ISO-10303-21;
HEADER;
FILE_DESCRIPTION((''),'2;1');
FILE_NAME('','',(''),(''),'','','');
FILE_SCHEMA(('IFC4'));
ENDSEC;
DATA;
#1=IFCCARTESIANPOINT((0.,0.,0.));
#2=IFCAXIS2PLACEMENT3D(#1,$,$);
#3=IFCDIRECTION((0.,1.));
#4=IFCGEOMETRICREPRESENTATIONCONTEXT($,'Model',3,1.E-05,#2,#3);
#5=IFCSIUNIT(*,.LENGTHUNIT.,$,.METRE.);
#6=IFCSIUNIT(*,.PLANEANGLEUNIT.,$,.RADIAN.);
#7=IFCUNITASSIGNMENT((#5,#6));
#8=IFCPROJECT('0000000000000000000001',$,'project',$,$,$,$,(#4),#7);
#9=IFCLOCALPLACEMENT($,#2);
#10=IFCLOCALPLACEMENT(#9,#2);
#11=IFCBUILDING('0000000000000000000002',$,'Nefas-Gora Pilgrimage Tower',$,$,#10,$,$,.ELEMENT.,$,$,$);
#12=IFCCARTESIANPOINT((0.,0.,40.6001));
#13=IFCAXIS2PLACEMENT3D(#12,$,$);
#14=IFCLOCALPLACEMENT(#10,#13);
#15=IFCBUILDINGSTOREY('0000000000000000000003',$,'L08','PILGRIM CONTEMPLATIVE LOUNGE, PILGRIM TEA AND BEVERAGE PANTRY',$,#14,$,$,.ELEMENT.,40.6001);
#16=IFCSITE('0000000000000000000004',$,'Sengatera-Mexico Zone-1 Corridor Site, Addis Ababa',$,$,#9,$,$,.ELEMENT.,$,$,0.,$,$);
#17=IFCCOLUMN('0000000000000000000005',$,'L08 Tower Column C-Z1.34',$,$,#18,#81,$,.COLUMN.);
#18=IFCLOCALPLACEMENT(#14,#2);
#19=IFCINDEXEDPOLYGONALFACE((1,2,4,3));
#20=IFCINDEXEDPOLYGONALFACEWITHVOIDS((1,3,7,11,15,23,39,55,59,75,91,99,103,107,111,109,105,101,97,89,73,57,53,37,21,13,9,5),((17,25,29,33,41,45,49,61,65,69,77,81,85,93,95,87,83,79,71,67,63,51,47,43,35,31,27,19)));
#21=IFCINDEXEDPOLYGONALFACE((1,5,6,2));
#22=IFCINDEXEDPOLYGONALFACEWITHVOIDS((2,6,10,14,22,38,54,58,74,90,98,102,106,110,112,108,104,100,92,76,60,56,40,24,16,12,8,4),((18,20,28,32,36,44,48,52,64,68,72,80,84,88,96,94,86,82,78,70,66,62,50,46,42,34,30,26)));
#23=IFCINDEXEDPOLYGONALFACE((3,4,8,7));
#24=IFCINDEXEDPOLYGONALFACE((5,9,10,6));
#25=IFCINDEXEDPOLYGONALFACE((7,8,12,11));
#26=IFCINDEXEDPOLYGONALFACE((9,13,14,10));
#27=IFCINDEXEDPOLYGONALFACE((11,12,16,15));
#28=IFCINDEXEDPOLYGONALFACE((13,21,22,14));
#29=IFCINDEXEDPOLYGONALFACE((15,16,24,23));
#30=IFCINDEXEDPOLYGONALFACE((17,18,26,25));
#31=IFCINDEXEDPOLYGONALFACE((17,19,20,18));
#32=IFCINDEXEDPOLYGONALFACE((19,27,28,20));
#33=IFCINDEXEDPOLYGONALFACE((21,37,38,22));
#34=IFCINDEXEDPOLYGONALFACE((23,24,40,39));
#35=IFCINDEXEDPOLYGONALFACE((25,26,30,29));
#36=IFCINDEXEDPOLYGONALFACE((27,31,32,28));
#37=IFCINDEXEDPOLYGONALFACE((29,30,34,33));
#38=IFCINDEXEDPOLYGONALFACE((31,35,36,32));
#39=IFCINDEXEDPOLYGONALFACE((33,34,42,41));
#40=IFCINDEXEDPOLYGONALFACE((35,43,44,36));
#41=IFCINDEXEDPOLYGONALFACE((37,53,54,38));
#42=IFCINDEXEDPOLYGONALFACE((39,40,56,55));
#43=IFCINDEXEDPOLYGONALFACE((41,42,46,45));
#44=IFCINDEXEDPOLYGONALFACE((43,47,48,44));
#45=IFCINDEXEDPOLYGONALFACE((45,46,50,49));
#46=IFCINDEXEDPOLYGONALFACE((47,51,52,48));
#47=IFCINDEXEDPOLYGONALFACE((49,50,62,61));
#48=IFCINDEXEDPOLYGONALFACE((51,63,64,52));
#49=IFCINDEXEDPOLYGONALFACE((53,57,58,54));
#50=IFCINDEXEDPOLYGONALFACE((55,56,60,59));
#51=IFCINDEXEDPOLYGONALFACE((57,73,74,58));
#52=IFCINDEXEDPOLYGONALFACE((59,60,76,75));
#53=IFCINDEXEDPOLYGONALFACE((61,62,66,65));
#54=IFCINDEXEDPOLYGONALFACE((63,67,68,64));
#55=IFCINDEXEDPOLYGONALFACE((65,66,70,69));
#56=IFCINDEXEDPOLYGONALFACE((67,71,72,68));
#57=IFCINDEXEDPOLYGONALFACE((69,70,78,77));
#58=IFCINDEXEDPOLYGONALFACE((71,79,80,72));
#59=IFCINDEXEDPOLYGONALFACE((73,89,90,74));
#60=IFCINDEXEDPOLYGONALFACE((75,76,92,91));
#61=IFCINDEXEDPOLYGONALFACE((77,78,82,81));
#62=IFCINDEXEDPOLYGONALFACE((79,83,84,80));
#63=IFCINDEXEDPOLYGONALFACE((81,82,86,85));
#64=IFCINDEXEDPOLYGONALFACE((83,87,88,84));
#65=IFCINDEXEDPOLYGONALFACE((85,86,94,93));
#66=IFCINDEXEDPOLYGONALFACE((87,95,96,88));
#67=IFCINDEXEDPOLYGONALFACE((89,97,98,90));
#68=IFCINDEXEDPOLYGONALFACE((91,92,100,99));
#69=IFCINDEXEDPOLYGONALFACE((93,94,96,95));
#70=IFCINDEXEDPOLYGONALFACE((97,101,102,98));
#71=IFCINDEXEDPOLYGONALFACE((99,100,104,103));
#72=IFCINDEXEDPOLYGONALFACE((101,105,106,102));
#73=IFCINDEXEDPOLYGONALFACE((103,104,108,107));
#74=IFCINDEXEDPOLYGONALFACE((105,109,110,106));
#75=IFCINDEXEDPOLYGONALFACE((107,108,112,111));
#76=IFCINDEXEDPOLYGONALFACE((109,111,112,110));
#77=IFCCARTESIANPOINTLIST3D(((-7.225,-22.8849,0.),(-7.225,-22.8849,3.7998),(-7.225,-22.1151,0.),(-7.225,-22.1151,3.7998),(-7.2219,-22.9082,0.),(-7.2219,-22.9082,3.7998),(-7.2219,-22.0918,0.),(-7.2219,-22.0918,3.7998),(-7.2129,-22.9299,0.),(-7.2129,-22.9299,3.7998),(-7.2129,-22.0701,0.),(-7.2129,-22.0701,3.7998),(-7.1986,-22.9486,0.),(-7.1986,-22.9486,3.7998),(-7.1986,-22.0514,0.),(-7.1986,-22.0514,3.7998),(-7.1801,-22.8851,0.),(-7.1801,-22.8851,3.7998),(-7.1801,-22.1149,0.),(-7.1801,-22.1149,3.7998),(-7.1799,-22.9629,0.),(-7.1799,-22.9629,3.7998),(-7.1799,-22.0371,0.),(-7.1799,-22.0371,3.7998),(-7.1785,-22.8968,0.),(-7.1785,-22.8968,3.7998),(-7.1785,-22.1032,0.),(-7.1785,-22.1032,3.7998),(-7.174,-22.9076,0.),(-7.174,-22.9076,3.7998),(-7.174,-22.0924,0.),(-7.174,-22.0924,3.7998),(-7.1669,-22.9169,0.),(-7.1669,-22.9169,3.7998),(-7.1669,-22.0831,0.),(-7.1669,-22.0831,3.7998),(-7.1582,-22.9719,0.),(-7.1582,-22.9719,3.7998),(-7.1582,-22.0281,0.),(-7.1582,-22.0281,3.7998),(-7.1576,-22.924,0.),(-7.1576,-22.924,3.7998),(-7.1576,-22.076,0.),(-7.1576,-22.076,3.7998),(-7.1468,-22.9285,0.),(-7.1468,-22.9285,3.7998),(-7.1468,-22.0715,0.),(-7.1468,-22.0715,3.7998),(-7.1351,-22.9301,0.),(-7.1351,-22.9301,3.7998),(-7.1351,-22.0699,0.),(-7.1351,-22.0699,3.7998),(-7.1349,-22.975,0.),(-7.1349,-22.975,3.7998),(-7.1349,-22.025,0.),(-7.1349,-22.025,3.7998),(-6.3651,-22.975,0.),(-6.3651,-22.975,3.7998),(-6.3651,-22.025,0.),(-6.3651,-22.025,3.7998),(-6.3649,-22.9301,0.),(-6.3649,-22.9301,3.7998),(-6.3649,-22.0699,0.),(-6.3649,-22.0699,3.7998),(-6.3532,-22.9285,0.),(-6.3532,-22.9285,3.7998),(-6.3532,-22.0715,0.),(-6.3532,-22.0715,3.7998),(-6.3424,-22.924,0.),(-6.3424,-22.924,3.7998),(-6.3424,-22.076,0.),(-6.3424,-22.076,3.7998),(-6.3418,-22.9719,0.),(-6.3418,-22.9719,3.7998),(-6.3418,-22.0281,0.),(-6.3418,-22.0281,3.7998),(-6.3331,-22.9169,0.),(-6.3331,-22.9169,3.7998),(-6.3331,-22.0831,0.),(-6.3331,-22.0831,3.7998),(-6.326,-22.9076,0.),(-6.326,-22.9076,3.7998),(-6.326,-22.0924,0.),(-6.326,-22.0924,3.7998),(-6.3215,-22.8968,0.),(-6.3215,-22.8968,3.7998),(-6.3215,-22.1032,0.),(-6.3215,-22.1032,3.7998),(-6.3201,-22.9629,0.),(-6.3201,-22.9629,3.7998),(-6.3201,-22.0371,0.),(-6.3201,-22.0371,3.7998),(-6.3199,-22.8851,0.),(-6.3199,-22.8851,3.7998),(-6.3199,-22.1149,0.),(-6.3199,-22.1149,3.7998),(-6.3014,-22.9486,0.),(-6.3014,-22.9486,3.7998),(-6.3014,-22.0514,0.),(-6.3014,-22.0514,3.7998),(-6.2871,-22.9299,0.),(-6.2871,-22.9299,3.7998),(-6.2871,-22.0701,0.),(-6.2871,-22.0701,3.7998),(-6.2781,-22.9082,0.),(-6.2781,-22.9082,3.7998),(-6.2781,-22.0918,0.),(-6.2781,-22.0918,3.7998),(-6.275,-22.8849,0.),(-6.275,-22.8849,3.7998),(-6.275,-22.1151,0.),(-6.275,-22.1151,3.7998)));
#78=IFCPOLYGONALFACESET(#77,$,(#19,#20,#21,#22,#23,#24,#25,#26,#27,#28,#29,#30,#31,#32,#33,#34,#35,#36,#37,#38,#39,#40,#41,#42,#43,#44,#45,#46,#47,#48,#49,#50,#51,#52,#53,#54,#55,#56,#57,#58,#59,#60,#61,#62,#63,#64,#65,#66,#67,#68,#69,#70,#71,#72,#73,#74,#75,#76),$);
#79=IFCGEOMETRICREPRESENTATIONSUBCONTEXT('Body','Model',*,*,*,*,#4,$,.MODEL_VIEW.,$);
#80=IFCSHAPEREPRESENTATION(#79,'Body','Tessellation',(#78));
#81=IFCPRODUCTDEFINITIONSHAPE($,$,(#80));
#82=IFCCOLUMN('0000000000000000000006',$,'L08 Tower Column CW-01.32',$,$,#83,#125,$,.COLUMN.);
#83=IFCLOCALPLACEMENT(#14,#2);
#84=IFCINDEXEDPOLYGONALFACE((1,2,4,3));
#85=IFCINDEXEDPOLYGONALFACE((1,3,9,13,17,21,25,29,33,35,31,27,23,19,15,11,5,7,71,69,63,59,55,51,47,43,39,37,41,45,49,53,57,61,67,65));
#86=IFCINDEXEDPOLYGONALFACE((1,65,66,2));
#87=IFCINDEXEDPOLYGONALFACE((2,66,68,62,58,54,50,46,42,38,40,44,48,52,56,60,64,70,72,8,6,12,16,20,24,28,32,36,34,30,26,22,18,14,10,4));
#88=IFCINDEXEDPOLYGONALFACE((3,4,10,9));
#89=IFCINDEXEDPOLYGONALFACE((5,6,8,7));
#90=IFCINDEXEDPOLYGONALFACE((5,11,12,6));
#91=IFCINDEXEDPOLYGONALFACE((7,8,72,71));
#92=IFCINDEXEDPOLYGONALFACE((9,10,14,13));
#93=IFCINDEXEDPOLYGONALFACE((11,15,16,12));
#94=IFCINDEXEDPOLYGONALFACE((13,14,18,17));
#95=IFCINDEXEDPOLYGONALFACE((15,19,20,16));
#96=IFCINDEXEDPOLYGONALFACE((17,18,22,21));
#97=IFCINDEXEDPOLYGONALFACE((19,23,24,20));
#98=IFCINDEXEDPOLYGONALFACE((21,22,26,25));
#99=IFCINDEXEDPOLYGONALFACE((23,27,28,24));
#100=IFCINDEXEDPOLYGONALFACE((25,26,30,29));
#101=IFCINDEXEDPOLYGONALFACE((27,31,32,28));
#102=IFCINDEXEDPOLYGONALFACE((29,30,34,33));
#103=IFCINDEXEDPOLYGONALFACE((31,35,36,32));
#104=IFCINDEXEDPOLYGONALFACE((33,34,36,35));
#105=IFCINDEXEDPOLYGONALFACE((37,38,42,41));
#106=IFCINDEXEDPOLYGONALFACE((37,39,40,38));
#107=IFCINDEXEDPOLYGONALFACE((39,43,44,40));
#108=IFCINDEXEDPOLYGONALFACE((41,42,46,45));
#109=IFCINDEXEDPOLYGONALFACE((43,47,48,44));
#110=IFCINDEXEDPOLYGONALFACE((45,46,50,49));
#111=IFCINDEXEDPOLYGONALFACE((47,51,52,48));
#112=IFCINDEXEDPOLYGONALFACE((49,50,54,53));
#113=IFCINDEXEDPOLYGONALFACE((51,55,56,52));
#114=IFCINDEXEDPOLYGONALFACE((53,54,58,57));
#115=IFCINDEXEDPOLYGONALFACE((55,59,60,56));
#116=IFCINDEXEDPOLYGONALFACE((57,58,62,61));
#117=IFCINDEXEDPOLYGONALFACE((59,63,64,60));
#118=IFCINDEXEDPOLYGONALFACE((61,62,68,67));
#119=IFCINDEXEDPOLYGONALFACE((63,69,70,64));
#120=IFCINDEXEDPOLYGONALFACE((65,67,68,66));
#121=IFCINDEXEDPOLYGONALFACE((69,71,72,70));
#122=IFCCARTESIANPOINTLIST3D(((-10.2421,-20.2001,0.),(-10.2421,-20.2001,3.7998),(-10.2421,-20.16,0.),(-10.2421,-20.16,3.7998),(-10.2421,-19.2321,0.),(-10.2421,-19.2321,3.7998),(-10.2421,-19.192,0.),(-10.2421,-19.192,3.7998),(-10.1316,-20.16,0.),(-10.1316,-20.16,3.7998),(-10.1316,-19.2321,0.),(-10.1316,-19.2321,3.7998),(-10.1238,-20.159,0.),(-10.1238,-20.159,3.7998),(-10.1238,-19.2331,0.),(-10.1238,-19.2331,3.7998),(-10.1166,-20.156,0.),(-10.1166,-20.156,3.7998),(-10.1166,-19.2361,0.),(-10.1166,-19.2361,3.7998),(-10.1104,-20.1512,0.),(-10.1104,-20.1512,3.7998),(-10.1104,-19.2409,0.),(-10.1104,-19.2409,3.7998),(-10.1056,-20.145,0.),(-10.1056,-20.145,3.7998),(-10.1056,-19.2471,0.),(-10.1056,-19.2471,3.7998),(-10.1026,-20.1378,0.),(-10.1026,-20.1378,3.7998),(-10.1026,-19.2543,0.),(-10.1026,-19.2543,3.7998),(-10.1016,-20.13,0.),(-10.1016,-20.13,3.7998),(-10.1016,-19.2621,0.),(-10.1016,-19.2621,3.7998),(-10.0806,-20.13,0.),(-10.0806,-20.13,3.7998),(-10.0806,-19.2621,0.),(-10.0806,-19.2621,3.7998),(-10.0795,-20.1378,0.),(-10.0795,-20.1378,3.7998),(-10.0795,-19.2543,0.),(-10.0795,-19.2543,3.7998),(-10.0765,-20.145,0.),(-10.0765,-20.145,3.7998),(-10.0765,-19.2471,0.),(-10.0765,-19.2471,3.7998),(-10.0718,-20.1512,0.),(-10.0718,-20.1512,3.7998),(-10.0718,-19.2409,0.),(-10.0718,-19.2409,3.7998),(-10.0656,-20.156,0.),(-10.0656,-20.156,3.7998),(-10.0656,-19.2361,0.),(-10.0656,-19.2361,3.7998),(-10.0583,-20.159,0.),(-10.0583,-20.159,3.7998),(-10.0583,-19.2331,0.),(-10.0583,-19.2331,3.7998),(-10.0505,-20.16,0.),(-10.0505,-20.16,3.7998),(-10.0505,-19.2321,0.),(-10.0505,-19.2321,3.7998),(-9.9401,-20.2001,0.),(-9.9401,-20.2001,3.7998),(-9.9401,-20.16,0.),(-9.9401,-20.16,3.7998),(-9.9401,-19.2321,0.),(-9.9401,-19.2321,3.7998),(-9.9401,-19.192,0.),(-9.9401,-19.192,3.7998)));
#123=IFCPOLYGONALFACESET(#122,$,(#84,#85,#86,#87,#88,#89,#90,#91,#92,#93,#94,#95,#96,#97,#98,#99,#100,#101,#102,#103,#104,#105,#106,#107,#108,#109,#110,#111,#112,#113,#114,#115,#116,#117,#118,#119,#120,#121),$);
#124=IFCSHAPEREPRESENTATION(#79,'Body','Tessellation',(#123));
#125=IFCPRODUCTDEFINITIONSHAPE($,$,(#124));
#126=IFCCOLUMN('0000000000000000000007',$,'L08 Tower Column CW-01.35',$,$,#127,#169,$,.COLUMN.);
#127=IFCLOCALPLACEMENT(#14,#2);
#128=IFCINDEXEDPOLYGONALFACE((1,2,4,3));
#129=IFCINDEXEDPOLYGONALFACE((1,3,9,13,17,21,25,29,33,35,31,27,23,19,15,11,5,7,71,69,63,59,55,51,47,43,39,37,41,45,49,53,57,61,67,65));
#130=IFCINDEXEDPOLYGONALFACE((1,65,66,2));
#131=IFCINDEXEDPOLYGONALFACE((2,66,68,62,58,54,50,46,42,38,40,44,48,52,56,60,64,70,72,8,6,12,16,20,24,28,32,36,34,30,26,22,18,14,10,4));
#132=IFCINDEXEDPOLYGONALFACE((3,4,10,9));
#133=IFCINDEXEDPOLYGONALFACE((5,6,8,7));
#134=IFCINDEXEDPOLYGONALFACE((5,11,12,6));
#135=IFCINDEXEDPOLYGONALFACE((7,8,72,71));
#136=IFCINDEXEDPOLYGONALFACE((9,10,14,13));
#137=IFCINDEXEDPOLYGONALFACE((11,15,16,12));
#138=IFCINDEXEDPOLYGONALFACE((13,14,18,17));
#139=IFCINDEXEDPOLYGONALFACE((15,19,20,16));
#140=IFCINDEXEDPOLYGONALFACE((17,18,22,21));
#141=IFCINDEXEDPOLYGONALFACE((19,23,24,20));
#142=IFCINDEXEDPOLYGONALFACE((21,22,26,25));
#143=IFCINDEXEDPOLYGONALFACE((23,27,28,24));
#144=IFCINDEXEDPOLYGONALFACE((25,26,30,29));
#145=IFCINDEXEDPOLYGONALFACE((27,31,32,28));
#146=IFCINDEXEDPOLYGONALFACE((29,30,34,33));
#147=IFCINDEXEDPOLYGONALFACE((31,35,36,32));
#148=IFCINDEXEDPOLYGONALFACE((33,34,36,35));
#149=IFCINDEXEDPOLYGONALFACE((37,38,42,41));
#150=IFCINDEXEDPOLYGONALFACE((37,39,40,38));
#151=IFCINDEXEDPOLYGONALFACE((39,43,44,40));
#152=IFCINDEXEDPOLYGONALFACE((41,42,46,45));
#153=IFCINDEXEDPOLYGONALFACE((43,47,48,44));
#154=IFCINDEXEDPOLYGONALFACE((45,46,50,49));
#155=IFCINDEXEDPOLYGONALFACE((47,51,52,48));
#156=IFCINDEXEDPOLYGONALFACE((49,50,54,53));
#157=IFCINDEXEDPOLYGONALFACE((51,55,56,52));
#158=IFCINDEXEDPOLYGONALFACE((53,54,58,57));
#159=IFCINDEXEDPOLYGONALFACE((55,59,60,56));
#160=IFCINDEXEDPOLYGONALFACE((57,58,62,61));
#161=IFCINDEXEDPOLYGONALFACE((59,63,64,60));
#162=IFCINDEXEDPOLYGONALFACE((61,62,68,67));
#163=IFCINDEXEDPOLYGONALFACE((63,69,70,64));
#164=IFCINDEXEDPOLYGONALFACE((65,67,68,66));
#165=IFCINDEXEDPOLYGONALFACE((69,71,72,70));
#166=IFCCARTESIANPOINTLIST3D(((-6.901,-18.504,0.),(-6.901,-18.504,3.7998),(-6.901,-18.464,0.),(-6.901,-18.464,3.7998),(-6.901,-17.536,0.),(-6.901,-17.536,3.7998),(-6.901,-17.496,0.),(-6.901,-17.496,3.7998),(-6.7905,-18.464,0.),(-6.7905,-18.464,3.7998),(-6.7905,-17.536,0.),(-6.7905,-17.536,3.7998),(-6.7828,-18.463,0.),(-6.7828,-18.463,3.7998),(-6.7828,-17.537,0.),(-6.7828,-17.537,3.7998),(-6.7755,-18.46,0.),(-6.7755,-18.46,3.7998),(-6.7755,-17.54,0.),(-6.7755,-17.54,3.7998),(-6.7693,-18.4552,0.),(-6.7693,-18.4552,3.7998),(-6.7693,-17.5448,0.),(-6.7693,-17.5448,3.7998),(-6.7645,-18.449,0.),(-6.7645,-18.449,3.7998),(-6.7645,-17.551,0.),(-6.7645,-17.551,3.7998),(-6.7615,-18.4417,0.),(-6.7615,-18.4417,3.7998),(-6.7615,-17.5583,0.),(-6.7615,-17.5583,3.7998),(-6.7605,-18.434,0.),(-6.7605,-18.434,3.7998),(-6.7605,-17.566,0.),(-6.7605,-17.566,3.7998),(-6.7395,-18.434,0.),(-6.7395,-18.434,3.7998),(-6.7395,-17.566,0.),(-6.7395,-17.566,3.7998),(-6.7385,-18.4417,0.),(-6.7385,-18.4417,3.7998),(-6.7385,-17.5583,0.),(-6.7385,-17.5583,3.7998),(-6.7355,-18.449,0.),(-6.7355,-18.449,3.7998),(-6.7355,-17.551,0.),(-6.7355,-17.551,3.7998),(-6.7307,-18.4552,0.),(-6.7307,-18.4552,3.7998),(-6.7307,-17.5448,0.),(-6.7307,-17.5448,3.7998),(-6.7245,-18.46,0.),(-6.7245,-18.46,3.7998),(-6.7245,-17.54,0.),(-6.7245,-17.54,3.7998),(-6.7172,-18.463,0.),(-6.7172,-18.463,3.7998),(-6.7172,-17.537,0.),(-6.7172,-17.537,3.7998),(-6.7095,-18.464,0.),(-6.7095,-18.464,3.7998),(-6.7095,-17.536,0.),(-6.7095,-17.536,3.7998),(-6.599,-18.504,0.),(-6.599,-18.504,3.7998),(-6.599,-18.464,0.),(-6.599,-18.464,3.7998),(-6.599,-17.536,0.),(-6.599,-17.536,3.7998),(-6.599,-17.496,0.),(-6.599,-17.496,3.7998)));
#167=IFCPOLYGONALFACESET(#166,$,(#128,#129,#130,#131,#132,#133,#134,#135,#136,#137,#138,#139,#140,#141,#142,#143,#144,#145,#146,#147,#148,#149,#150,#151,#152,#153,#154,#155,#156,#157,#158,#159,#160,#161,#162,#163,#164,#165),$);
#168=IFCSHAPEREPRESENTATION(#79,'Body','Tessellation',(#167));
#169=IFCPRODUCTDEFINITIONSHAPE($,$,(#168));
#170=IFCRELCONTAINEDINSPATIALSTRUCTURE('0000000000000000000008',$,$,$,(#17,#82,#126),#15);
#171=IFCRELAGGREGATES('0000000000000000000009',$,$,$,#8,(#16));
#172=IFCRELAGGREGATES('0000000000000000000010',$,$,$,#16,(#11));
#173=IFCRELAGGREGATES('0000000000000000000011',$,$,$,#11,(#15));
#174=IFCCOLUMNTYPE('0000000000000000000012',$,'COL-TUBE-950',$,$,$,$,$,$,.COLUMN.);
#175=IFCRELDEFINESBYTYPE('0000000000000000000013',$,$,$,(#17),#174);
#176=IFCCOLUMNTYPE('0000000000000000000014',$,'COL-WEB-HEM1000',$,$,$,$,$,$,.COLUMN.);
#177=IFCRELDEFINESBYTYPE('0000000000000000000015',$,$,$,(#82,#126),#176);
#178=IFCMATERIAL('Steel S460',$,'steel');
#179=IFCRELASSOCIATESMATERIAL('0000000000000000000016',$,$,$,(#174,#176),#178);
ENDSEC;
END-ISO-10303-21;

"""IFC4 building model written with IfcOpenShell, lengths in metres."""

from ifc_helpers import new_model, si_unit, direction, frame, origin, origin_2d, place, context, subcontext, project, spatial, hollow_rectangle, i_section, extrude, source, transform, mapped, material, material_profile, profile_set, type_object, element, save


model = new_model("IFC4")

# Units and contexts
model_context = context("Model", 3, precision=1e-05, world=origin(), true_north=direction((0.0, 1.0)))
body_context = subcontext(model_context, "Body", "Model", "MODEL_VIEW")
ifc_project = project(units=[si_unit("LENGTHUNIT", "METRE"), si_unit("PLANEANGLEUNIT", "RADIAN")], contexts=[model_context])

# Site, building, storey
site_placement = place(None, origin())
site = spatial("IfcSite", under=ifc_project, at=site_placement, Name="Sengatera-Mexico Zone-1 Corridor Site, Addis Ababa", CompositionType="ELEMENT", RefElevation=0.0)
building_placement = place(site_placement, origin())
building = spatial("IfcBuilding", under=site, at=building_placement, Name="Nefas-Gora Pilgrimage Tower", CompositionType="ELEMENT")
storey_placement = place(building_placement, frame((0.0, 0.0, 40.6001)))
storey = spatial("IfcBuildingStorey", under=building, at=storey_placement, Name="L08", Description="PILGRIM CONTEMPLATIVE LOUNGE, PILGRIM TEA AND BEVERAGE PANTRY", CompositionType="ELEMENT", Elevation=40.6001)

# Columns
ifc_material_1 = material(Name="Steel S460", Category="steel")
ifc_material_profile_1 = material_profile(ifc_material_1, hollow_rectangle(XDim=0.95, YDim=0.95, WallThickness=0.0449, InnerFilletRadius=0.0449, OuterFilletRadius=0.0901, at=origin_2d()), Name="BOX 950x950x45")
ifc_profile_set_1 = profile_set([ifc_material_profile_1], Name="Steel S460")
column_type_1 = type_object("IfcColumnType", Name="COL-TUBE-950", PredefinedType="COLUMN", material=ifc_profile_set_1)
shared_shape_1 = source(origin(), body_context, "Body", "SweptSolid", [
    extrude(hollow_rectangle(XDim=0.95, YDim=0.95, WallThickness=0.0449, InnerFilletRadius=0.0449, OuterFilletRadius=0.0901, at=origin_2d()), origin(), (0.0, 0.0, 1.0), 3.7998),
])
column_placement = place(storey_placement, frame((-6.75, -22.5, 0.0), z_axis=(0.0, 0.0, 1.0), x_axis=(1.0, 0.0, 0.0)))
element("IfcColumn", 1, at=column_placement, inside=storey, type_object=column_type_1, Name="L08 Tower Column C-Z1.34", PredefinedType="COLUMN", context=body_context, shape_type="MappedRepresentation", body=[
    mapped(shared_shape_1, transform((0.0, 0.0, 0.0), x_axis=(1.0, 0.0, 0.0), y_axis=(0.0, 1.0, 0.0), z_axis=(0.0, 0.0, 1.0), scale=1.0)),
])
ifc_material_profile_2 = material_profile(ifc_material_1, i_section(OverallWidth=0.302, OverallDepth=1.0081, WebThickness=0.021, FlangeThickness=0.04, FilletRadius=0.03, at=origin_2d()), Name="HEM 1000")
ifc_profile_set_2 = profile_set([ifc_material_profile_2], Name="Steel S460")
column_type_2 = type_object("IfcColumnType", Name="COL-WEB-HEM1000", PredefinedType="COLUMN", material=ifc_profile_set_2)
shared_shape_2 = source(origin(), body_context, "Body", "SweptSolid", [
    extrude(i_section(OverallWidth=0.302, OverallDepth=1.0081, WebThickness=0.021, FlangeThickness=0.04, FilletRadius=0.03, at=origin_2d()), origin(), (0.0, 0.0, 1.0), 3.7998),
])
for number, where, z_axis, x_axis, name in (
    (2, (-10.0911, -19.696, 0.0), (0.0, 0.0, 1.0), (1.0, 0.0, 0.0), "L08 Tower Column CW-01.32"),
    (3, (-6.75, -18.0, 0.0), (0.0, 0.0, 1.0), (1.0, 0.0, 0.0), "L08 Tower Column CW-01.35"),
):
    element("IfcColumn", number, at=place(storey_placement, frame(where, z_axis=z_axis, x_axis=x_axis)), inside=storey, type_object=column_type_2, Name=name, PredefinedType="COLUMN", context=body_context, shape_type="MappedRepresentation", body=[
        mapped(shared_shape_2, transform((0.0, 0.0, 0.0), x_axis=(1.0, 0.0, 0.0), y_axis=(0.0, 1.0, 0.0), z_axis=(0.0, 0.0, 1.0), scale=1.0)),
    ])

save(model, "model.ifc")
